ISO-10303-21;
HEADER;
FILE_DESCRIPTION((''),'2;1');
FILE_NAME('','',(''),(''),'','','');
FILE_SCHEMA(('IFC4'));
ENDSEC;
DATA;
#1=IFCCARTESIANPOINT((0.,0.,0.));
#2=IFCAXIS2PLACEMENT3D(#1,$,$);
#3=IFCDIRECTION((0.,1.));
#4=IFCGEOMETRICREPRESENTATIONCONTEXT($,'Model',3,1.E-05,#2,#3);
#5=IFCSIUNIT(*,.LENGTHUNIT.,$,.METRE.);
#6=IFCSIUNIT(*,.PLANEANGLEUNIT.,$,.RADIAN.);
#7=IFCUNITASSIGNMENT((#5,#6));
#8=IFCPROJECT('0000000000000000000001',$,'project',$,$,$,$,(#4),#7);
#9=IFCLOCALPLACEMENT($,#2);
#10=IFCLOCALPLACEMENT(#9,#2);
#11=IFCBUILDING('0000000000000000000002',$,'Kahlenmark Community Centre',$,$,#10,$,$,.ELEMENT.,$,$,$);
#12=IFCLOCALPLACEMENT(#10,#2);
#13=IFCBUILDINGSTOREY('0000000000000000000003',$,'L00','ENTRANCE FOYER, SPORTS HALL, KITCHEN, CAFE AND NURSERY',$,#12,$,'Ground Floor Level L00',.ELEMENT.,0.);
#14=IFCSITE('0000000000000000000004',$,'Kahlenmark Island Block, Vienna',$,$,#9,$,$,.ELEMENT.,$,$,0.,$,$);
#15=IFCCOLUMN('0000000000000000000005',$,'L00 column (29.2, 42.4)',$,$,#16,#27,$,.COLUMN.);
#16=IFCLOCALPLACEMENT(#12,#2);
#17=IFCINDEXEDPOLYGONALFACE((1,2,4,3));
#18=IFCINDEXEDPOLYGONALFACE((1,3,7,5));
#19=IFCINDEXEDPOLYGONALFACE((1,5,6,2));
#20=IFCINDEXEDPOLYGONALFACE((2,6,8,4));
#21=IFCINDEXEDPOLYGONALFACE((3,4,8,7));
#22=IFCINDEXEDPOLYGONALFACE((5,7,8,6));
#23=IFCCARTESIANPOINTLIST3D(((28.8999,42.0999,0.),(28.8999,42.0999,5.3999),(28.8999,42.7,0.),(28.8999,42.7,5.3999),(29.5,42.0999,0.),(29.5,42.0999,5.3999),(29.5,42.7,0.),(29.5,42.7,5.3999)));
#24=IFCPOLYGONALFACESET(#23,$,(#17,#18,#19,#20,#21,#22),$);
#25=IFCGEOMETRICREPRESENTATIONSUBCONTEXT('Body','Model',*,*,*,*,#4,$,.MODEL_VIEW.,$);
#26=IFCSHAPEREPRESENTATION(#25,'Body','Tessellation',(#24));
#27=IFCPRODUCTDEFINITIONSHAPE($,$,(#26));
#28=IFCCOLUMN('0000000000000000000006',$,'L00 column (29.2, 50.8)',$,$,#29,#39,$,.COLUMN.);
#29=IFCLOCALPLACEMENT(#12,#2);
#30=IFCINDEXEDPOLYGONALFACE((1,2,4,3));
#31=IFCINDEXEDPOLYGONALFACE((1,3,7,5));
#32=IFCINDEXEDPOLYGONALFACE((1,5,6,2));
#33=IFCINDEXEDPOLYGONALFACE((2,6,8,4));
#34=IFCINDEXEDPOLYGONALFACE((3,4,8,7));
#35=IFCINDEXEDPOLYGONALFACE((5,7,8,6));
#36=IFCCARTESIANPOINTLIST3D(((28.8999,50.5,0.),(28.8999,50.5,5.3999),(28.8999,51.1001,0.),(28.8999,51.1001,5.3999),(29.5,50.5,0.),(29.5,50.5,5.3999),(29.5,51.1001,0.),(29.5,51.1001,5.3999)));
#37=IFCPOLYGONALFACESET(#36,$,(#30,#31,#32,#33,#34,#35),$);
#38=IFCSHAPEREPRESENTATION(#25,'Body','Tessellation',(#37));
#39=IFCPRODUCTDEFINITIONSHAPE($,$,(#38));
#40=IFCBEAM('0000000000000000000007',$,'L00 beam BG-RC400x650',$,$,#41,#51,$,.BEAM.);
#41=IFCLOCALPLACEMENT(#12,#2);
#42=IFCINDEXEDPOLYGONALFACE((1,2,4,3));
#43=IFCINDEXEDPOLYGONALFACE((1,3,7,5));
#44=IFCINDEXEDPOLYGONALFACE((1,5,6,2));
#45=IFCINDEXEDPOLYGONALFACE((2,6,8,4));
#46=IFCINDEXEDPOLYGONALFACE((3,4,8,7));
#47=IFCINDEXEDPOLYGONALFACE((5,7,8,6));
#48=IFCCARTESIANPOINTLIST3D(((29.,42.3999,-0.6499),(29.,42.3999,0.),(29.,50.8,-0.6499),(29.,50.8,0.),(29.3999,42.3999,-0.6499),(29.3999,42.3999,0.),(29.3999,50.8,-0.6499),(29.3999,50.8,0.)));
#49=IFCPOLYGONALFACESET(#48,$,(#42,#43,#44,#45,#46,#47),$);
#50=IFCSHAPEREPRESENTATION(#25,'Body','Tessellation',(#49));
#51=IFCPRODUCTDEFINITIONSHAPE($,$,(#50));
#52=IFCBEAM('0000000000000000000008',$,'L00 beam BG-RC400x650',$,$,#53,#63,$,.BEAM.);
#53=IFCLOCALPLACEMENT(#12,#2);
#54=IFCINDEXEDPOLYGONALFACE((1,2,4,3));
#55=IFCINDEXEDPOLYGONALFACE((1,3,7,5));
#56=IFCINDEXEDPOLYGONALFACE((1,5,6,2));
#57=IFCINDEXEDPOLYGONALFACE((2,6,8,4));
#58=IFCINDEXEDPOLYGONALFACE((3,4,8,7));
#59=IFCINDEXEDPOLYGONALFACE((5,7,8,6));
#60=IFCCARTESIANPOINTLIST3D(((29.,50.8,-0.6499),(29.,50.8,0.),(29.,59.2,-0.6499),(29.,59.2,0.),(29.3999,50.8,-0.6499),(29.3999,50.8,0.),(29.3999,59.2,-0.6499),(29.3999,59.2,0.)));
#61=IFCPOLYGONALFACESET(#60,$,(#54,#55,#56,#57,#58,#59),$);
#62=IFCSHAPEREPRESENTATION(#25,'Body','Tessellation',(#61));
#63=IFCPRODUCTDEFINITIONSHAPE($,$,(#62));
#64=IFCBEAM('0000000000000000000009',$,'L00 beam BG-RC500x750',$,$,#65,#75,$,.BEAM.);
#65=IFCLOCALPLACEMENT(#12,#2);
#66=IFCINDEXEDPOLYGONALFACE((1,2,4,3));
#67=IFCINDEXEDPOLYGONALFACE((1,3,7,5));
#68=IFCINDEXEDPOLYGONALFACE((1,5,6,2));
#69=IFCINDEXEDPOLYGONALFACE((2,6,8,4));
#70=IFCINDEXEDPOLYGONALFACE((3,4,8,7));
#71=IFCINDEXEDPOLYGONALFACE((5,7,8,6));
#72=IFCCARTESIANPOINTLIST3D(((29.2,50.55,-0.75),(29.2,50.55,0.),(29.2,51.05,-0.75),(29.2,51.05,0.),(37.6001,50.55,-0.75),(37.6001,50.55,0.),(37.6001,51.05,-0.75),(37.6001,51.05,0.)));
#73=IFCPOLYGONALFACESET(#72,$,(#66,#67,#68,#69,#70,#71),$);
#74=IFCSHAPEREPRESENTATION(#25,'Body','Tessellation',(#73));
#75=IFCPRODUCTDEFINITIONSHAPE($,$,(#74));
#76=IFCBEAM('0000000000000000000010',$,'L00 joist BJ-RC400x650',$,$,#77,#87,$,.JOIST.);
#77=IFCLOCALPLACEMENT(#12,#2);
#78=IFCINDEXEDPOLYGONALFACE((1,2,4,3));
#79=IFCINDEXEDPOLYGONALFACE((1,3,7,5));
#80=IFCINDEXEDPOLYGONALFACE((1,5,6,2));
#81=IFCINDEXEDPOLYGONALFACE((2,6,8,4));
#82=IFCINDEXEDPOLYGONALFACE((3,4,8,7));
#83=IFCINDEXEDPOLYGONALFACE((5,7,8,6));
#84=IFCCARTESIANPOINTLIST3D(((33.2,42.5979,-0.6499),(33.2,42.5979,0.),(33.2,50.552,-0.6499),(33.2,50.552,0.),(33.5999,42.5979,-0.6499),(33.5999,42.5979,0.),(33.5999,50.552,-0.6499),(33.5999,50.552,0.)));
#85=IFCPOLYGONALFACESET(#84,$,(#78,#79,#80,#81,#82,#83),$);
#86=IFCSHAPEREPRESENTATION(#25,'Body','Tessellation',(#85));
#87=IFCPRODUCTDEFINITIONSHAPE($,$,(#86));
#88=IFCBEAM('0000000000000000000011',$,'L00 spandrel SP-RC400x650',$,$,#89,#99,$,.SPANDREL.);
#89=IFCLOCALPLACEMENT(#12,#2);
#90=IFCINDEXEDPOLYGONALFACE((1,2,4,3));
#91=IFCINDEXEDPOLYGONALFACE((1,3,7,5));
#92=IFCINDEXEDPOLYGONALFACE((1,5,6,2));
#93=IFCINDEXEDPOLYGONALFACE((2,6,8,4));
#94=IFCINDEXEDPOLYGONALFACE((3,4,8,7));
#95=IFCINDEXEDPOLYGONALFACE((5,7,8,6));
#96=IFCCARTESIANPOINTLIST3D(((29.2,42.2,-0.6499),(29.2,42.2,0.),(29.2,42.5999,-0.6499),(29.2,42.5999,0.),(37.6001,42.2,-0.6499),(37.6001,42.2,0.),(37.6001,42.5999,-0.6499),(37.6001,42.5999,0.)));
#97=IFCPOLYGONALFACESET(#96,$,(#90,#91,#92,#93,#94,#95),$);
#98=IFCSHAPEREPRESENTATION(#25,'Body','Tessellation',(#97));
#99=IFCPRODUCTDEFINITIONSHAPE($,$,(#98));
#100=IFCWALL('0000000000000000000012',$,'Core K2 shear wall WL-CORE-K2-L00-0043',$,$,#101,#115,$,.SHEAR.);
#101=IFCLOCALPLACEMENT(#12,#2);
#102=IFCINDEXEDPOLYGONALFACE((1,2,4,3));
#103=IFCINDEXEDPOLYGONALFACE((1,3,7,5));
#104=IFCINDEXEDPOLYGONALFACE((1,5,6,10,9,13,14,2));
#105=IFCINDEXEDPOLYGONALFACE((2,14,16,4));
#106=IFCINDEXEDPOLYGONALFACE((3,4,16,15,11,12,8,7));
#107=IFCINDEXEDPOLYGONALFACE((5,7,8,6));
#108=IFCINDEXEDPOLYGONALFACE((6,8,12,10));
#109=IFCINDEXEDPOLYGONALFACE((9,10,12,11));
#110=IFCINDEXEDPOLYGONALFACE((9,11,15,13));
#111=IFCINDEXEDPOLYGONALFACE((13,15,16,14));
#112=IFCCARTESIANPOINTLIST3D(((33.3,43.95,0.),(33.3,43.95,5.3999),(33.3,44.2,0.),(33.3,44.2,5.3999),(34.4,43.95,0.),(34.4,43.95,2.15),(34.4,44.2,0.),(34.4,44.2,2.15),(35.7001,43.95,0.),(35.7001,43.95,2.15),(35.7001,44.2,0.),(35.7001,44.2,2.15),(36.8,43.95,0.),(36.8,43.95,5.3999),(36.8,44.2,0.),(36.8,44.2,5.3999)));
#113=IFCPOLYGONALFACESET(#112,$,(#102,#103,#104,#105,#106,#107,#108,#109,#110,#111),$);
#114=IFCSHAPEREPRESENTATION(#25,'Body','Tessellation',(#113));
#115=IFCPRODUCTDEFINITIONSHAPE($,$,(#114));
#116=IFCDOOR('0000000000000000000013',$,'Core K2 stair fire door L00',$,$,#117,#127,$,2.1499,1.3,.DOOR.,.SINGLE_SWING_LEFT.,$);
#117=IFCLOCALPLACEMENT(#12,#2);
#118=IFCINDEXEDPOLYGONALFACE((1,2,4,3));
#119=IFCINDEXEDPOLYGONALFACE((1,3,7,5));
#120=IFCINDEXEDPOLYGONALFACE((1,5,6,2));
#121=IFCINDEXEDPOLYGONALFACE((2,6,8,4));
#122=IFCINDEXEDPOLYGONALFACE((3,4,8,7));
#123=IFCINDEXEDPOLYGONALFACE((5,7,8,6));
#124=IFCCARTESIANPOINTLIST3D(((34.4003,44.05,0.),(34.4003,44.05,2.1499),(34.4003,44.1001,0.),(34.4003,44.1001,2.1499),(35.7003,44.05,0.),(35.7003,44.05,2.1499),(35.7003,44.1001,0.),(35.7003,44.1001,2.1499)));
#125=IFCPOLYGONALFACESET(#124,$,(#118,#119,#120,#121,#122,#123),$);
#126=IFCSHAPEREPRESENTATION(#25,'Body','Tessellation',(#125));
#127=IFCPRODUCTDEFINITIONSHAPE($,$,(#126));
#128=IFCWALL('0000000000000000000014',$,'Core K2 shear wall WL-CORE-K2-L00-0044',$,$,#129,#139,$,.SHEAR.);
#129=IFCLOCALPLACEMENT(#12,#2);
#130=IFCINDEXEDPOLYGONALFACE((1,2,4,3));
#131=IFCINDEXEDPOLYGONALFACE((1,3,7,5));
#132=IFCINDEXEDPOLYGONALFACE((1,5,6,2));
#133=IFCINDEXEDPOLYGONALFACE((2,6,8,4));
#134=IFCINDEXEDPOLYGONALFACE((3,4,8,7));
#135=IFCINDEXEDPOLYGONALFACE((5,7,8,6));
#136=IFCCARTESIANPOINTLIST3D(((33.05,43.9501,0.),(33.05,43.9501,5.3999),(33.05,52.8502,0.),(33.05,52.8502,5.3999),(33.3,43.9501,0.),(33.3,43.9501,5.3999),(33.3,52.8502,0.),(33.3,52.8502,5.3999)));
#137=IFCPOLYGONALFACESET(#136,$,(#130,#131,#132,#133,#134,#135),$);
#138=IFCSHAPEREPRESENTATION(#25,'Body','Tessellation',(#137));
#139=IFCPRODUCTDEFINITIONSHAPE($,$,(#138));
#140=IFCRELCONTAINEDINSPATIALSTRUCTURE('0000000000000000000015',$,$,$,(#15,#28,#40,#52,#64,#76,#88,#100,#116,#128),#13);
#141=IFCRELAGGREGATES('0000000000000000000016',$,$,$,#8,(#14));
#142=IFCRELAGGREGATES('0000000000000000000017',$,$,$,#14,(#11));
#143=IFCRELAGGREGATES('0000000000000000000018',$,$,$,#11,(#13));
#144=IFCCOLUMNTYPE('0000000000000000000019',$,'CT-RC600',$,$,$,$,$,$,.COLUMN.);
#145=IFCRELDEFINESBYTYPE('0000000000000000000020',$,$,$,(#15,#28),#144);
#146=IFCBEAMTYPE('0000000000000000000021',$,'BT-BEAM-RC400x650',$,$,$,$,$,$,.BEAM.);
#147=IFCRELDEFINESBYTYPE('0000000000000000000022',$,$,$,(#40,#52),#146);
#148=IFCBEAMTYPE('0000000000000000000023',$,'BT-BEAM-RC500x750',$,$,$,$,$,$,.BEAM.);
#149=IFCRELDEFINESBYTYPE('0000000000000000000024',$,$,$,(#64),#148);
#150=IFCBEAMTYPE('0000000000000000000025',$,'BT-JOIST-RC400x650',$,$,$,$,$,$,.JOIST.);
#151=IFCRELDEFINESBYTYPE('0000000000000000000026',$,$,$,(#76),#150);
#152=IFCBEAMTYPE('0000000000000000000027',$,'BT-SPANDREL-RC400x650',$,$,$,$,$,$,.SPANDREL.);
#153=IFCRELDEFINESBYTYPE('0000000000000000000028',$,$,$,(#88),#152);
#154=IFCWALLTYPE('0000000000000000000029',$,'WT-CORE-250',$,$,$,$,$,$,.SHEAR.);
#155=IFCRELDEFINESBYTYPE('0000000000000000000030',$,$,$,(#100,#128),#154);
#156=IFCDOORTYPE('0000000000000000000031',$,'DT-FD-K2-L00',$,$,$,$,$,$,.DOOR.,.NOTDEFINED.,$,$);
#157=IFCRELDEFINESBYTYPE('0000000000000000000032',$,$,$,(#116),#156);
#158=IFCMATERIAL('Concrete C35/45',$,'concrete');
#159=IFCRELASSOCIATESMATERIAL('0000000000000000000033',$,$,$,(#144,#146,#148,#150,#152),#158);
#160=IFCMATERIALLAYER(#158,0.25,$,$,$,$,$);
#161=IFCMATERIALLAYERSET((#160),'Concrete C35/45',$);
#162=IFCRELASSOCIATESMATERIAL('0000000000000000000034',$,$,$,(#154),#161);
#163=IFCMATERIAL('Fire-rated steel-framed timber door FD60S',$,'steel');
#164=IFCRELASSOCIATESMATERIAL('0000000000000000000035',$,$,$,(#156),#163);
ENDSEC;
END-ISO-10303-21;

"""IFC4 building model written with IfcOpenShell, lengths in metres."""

from ifc_helpers import new_model, si_unit, direction, frame, frame_2d, origin, origin_2d, place, context, subcontext, project, spatial, rectangle, extrude, material, layer, layer_set, material_profile, profile_set, type_object, element, fill, save


model = new_model("IFC4")

# Units and contexts
model_context = context("Model", 3, precision=1e-05, world=origin(), true_north=direction((0.0, 1.0)))
body_context = subcontext(model_context, "Body", "Model", "MODEL_VIEW")
ifc_project = project(units=[si_unit("LENGTHUNIT", "METRE"), si_unit("PLANEANGLEUNIT", "RADIAN")], contexts=[model_context])

# Site, building, storey
site_placement = place(None, origin())
site = spatial("IfcSite", under=ifc_project, at=site_placement, Name="Kahlenmark Island Block, Vienna", CompositionType="ELEMENT", RefElevation=0.0)
building_placement = place(site_placement, origin())
building = spatial("IfcBuilding", under=site, at=building_placement, Name="Kahlenmark Community Centre", CompositionType="ELEMENT")
storey_placement = place(building_placement, origin())
storey = spatial("IfcBuildingStorey", under=building, at=storey_placement, Name="L00", Description="ENTRANCE FOYER, SPORTS HALL, KITCHEN, CAFE AND NURSERY", LongName="Ground Floor Level L00", CompositionType="ELEMENT", Elevation=0.0)

# Columns
ifc_material_1 = material(Name="Concrete C35/45", Category="concrete")
ifc_material_profile_1 = material_profile(ifc_material_1, rectangle(XDim=0.6001, YDim=0.6001, at=origin_2d()), Name="RC 600x600")
ifc_profile_set_1 = profile_set([ifc_material_profile_1], Name="Concrete C35/45")
column_type = type_object("IfcColumnType", Name="CT-RC600", PredefinedType="COLUMN", material=ifc_profile_set_1)
for number, where, z_axis, x_axis, name in (
    (1, (29.2, 42.3999, 0.0), (0.0, 0.0, 1.0), (1.0, 0.0, 0.0), "L00 column (29.2, 42.4)"),
    (2, (29.2, 50.8, 0.0), (0.0, 0.0, 1.0), (1.0, 0.0, 0.0), "L00 column (29.2, 50.8)"),
):
    element("IfcColumn", number, at=place(storey_placement, frame(where, z_axis=z_axis, x_axis=x_axis)), inside=storey, type_object=column_type, Name=name, PredefinedType="COLUMN", context=body_context, shape_type="SweptSolid", body=[
        extrude(rectangle(XDim=0.6001, YDim=0.6001, at=origin_2d()), origin(), (0.0, 0.0, 1.0), 5.3999),
    ])

# Beams
ifc_material_profile_2 = material_profile(ifc_material_1, rectangle(XDim=0.3999, YDim=0.6499, at=origin_2d()), Name="RC 400x650")
ifc_profile_set_2 = profile_set([ifc_material_profile_2], Name="Concrete C35/45")
beam_type_1 = type_object("IfcBeamType", Name="BT-BEAM-RC400x650", PredefinedType="BEAM", material=ifc_profile_set_2)
beam_1_placement = place(storey_placement, frame((29.2, 42.3999, -0.325), z_axis=(0.0, 1.0, 0.0), x_axis=(-1.0, 0.0, 0.0)))
element("IfcBeam", 3, at=beam_1_placement, inside=storey, type_object=beam_type_1, Name="L00 beam BG-RC400x650", PredefinedType="BEAM", context=body_context, shape_type="SweptSolid", body=[
    extrude(rectangle(XDim=0.3999, YDim=0.6499, at=origin_2d()), origin(), (0.0, 0.0, 1.0), 8.4001),
])
beam_2_placement = place(storey_placement, frame((29.2, 50.8, -0.325), z_axis=(0.0, 1.0, 0.0), x_axis=(-1.0, 0.0, 0.0)))
element("IfcBeam", 4, at=beam_2_placement, inside=storey, type_object=beam_type_1, Name="L00 beam BG-RC400x650", PredefinedType="BEAM", context=body_context, shape_type="SweptSolid", body=[
    extrude(rectangle(XDim=0.3999, YDim=0.6499, at=origin_2d()), origin(), (0.0, 0.0, 1.0), 8.3999),
])
ifc_material_profile_3 = material_profile(ifc_material_1, rectangle(XDim=0.5, YDim=0.75, at=origin_2d()), Name="RC 500x750")
ifc_profile_set_3 = profile_set([ifc_material_profile_3], Name="Concrete C35/45")
beam_type_2 = type_object("IfcBeamType", Name="BT-BEAM-RC500x750", PredefinedType="BEAM", material=ifc_profile_set_3)
beam_3_placement = place(storey_placement, frame((29.2, 50.8, -0.375), z_axis=(1.0, 0.0, 0.0), x_axis=(0.0, 1.0, 0.0)))
element("IfcBeam", 5, at=beam_3_placement, inside=storey, type_object=beam_type_2, Name="L00 beam BG-RC500x750", PredefinedType="BEAM", context=body_context, shape_type="SweptSolid", body=[
    extrude(rectangle(XDim=0.5, YDim=0.75, at=origin_2d()), origin(), (0.0, 0.0, 1.0), 8.4001),
])
ifc_material_profile_4 = material_profile(ifc_material_1, rectangle(XDim=0.3999, YDim=0.6499, at=origin_2d()), Name="RC 400x650")
ifc_profile_set_4 = profile_set([ifc_material_profile_4], Name="Concrete C35/45")
beam_type_3 = type_object("IfcBeamType", Name="BT-JOIST-RC400x650", PredefinedType="JOIST", material=ifc_profile_set_4)
beam_4_placement = place(storey_placement, frame((33.3999, 42.5979, -0.325), z_axis=(0.0, 1.0, 0.0), x_axis=(-1.0, 0.0, 0.0)))
element("IfcBeam", 6, at=beam_4_placement, inside=storey, type_object=beam_type_3, Name="L00 joist BJ-RC400x650", PredefinedType="JOIST", context=body_context, shape_type="SweptSolid", body=[
    extrude(rectangle(XDim=0.3999, YDim=0.6499, at=origin_2d()), origin(), (0.0, 0.0, 1.0), 7.9541),
])
ifc_material_profile_5 = material_profile(ifc_material_1, rectangle(XDim=0.3999, YDim=0.6499, at=origin_2d()), Name="RC 400x650")
ifc_profile_set_5 = profile_set([ifc_material_profile_5], Name="Concrete C35/45")
beam_type_4 = type_object("IfcBeamType", Name="BT-SPANDREL-RC400x650", PredefinedType="SPANDREL", material=ifc_profile_set_5)
beam_5_placement = place(storey_placement, frame((29.2, 42.3999, -0.325), z_axis=(1.0, 0.0, 0.0), x_axis=(0.0, 1.0, 0.0)))
element("IfcBeam", 7, at=beam_5_placement, inside=storey, type_object=beam_type_4, Name="L00 spandrel SP-RC400x650", PredefinedType="SPANDREL", context=body_context, shape_type="SweptSolid", body=[
    extrude(rectangle(XDim=0.3999, YDim=0.6499, at=origin_2d()), origin(), (0.0, 0.0, 1.0), 8.4001),
])

# Wall, opening, door
ifc_layer_1 = layer(ifc_material_1, 0.25)
ifc_layer_set_1 = layer_set([ifc_layer_1], Name="Concrete C35/45")
wall_type_1 = type_object("IfcWallType", Name="WT-CORE-250", PredefinedType="SHEAR", material=ifc_layer_set_1)
wall_1_placement = place(storey_placement, frame((33.3, 44.075, 0.0), z_axis=(0.0, 0.0, 1.0), x_axis=(1.0, 0.0, 0.0)))
wall_1 = element("IfcWall", 8, at=wall_1_placement, inside=storey, type_object=wall_type_1, Name="Core K2 shear wall WL-CORE-K2-L00-0043", PredefinedType="SHEAR", context=body_context, shape_type="SweptSolid", body=[
    extrude(rectangle(XDim=3.5, YDim=0.25, at=frame_2d((1.75, 0.0))), origin(), (0.0, 0.0, 1.0), 5.3999),
])
opening_1_placement = place(wall_1_placement, frame((1.1001, 0.0, -0.01)))
opening_1 = element("IfcOpeningElement", 9, at=opening_1_placement, cuts=wall_1, PredefinedType="OPENING", context=body_context, shape_type="SweptSolid", body=[
    extrude(rectangle(XDim=1.3, YDim=2.1599, at=frame_2d((0.6499, 1.0801))), frame((0.0, 0.135, 0.0), z_axis=(0.0, -1.0, 0.0), x_axis=(1.0, 0.0, 0.0)), (0.0, 0.0, 1.0), 0.27),
])
ifc_material_2 = material(Name="Fire-rated steel-framed timber door FD60S", Category="steel")
door_type_1 = type_object("IfcDoorType", Name="DT-FD-K2-L00", OperationType="NOTDEFINED", PredefinedType="DOOR", material=ifc_material_2)
door_1_placement = place(opening_1_placement, frame((1.3, 0.0, 0.01), z_axis=(0.0, 0.0, 1.0), x_axis=(-1.0, 0.0, 0.0)))
door_1 = element("IfcDoor", 10, at=door_1_placement, inside=storey, type_object=door_type_1, Name="Core K2 stair fire door L00", OperationType="SINGLE_SWING_LEFT", OverallHeight=2.1499, OverallWidth=1.3, PredefinedType="DOOR", context=body_context, shape_type="SweptSolid", body=[
    extrude(rectangle(XDim=1.3, YDim=2.1499, at=frame_2d((0.6499, 1.075))), frame((0.0, 0.0249, 0.0), z_axis=(0.0, -1.0, 0.0), x_axis=(1.0, 0.0, 0.0)), (0.0, 0.0, 1.0), 0.05),
])
fill(opening_1, door_1)

# Wall
wall_2_placement = place(storey_placement, frame((33.175, 43.95, 0.0), z_axis=(0.0, 0.0, 1.0), x_axis=(0.0, 1.0, 0.0)))
element("IfcWall", 11, at=wall_2_placement, inside=storey, type_object=wall_type_1, Name="Core K2 shear wall WL-CORE-K2-L00-0044", PredefinedType="SHEAR", context=body_context, shape_type="SweptSolid", body=[
    extrude(rectangle(XDim=8.9001, YDim=0.25, at=frame_2d((4.4502, 0.0))), origin(), (0.0, 0.0, 1.0), 5.3999),
])

save(model, "model.ifc")
